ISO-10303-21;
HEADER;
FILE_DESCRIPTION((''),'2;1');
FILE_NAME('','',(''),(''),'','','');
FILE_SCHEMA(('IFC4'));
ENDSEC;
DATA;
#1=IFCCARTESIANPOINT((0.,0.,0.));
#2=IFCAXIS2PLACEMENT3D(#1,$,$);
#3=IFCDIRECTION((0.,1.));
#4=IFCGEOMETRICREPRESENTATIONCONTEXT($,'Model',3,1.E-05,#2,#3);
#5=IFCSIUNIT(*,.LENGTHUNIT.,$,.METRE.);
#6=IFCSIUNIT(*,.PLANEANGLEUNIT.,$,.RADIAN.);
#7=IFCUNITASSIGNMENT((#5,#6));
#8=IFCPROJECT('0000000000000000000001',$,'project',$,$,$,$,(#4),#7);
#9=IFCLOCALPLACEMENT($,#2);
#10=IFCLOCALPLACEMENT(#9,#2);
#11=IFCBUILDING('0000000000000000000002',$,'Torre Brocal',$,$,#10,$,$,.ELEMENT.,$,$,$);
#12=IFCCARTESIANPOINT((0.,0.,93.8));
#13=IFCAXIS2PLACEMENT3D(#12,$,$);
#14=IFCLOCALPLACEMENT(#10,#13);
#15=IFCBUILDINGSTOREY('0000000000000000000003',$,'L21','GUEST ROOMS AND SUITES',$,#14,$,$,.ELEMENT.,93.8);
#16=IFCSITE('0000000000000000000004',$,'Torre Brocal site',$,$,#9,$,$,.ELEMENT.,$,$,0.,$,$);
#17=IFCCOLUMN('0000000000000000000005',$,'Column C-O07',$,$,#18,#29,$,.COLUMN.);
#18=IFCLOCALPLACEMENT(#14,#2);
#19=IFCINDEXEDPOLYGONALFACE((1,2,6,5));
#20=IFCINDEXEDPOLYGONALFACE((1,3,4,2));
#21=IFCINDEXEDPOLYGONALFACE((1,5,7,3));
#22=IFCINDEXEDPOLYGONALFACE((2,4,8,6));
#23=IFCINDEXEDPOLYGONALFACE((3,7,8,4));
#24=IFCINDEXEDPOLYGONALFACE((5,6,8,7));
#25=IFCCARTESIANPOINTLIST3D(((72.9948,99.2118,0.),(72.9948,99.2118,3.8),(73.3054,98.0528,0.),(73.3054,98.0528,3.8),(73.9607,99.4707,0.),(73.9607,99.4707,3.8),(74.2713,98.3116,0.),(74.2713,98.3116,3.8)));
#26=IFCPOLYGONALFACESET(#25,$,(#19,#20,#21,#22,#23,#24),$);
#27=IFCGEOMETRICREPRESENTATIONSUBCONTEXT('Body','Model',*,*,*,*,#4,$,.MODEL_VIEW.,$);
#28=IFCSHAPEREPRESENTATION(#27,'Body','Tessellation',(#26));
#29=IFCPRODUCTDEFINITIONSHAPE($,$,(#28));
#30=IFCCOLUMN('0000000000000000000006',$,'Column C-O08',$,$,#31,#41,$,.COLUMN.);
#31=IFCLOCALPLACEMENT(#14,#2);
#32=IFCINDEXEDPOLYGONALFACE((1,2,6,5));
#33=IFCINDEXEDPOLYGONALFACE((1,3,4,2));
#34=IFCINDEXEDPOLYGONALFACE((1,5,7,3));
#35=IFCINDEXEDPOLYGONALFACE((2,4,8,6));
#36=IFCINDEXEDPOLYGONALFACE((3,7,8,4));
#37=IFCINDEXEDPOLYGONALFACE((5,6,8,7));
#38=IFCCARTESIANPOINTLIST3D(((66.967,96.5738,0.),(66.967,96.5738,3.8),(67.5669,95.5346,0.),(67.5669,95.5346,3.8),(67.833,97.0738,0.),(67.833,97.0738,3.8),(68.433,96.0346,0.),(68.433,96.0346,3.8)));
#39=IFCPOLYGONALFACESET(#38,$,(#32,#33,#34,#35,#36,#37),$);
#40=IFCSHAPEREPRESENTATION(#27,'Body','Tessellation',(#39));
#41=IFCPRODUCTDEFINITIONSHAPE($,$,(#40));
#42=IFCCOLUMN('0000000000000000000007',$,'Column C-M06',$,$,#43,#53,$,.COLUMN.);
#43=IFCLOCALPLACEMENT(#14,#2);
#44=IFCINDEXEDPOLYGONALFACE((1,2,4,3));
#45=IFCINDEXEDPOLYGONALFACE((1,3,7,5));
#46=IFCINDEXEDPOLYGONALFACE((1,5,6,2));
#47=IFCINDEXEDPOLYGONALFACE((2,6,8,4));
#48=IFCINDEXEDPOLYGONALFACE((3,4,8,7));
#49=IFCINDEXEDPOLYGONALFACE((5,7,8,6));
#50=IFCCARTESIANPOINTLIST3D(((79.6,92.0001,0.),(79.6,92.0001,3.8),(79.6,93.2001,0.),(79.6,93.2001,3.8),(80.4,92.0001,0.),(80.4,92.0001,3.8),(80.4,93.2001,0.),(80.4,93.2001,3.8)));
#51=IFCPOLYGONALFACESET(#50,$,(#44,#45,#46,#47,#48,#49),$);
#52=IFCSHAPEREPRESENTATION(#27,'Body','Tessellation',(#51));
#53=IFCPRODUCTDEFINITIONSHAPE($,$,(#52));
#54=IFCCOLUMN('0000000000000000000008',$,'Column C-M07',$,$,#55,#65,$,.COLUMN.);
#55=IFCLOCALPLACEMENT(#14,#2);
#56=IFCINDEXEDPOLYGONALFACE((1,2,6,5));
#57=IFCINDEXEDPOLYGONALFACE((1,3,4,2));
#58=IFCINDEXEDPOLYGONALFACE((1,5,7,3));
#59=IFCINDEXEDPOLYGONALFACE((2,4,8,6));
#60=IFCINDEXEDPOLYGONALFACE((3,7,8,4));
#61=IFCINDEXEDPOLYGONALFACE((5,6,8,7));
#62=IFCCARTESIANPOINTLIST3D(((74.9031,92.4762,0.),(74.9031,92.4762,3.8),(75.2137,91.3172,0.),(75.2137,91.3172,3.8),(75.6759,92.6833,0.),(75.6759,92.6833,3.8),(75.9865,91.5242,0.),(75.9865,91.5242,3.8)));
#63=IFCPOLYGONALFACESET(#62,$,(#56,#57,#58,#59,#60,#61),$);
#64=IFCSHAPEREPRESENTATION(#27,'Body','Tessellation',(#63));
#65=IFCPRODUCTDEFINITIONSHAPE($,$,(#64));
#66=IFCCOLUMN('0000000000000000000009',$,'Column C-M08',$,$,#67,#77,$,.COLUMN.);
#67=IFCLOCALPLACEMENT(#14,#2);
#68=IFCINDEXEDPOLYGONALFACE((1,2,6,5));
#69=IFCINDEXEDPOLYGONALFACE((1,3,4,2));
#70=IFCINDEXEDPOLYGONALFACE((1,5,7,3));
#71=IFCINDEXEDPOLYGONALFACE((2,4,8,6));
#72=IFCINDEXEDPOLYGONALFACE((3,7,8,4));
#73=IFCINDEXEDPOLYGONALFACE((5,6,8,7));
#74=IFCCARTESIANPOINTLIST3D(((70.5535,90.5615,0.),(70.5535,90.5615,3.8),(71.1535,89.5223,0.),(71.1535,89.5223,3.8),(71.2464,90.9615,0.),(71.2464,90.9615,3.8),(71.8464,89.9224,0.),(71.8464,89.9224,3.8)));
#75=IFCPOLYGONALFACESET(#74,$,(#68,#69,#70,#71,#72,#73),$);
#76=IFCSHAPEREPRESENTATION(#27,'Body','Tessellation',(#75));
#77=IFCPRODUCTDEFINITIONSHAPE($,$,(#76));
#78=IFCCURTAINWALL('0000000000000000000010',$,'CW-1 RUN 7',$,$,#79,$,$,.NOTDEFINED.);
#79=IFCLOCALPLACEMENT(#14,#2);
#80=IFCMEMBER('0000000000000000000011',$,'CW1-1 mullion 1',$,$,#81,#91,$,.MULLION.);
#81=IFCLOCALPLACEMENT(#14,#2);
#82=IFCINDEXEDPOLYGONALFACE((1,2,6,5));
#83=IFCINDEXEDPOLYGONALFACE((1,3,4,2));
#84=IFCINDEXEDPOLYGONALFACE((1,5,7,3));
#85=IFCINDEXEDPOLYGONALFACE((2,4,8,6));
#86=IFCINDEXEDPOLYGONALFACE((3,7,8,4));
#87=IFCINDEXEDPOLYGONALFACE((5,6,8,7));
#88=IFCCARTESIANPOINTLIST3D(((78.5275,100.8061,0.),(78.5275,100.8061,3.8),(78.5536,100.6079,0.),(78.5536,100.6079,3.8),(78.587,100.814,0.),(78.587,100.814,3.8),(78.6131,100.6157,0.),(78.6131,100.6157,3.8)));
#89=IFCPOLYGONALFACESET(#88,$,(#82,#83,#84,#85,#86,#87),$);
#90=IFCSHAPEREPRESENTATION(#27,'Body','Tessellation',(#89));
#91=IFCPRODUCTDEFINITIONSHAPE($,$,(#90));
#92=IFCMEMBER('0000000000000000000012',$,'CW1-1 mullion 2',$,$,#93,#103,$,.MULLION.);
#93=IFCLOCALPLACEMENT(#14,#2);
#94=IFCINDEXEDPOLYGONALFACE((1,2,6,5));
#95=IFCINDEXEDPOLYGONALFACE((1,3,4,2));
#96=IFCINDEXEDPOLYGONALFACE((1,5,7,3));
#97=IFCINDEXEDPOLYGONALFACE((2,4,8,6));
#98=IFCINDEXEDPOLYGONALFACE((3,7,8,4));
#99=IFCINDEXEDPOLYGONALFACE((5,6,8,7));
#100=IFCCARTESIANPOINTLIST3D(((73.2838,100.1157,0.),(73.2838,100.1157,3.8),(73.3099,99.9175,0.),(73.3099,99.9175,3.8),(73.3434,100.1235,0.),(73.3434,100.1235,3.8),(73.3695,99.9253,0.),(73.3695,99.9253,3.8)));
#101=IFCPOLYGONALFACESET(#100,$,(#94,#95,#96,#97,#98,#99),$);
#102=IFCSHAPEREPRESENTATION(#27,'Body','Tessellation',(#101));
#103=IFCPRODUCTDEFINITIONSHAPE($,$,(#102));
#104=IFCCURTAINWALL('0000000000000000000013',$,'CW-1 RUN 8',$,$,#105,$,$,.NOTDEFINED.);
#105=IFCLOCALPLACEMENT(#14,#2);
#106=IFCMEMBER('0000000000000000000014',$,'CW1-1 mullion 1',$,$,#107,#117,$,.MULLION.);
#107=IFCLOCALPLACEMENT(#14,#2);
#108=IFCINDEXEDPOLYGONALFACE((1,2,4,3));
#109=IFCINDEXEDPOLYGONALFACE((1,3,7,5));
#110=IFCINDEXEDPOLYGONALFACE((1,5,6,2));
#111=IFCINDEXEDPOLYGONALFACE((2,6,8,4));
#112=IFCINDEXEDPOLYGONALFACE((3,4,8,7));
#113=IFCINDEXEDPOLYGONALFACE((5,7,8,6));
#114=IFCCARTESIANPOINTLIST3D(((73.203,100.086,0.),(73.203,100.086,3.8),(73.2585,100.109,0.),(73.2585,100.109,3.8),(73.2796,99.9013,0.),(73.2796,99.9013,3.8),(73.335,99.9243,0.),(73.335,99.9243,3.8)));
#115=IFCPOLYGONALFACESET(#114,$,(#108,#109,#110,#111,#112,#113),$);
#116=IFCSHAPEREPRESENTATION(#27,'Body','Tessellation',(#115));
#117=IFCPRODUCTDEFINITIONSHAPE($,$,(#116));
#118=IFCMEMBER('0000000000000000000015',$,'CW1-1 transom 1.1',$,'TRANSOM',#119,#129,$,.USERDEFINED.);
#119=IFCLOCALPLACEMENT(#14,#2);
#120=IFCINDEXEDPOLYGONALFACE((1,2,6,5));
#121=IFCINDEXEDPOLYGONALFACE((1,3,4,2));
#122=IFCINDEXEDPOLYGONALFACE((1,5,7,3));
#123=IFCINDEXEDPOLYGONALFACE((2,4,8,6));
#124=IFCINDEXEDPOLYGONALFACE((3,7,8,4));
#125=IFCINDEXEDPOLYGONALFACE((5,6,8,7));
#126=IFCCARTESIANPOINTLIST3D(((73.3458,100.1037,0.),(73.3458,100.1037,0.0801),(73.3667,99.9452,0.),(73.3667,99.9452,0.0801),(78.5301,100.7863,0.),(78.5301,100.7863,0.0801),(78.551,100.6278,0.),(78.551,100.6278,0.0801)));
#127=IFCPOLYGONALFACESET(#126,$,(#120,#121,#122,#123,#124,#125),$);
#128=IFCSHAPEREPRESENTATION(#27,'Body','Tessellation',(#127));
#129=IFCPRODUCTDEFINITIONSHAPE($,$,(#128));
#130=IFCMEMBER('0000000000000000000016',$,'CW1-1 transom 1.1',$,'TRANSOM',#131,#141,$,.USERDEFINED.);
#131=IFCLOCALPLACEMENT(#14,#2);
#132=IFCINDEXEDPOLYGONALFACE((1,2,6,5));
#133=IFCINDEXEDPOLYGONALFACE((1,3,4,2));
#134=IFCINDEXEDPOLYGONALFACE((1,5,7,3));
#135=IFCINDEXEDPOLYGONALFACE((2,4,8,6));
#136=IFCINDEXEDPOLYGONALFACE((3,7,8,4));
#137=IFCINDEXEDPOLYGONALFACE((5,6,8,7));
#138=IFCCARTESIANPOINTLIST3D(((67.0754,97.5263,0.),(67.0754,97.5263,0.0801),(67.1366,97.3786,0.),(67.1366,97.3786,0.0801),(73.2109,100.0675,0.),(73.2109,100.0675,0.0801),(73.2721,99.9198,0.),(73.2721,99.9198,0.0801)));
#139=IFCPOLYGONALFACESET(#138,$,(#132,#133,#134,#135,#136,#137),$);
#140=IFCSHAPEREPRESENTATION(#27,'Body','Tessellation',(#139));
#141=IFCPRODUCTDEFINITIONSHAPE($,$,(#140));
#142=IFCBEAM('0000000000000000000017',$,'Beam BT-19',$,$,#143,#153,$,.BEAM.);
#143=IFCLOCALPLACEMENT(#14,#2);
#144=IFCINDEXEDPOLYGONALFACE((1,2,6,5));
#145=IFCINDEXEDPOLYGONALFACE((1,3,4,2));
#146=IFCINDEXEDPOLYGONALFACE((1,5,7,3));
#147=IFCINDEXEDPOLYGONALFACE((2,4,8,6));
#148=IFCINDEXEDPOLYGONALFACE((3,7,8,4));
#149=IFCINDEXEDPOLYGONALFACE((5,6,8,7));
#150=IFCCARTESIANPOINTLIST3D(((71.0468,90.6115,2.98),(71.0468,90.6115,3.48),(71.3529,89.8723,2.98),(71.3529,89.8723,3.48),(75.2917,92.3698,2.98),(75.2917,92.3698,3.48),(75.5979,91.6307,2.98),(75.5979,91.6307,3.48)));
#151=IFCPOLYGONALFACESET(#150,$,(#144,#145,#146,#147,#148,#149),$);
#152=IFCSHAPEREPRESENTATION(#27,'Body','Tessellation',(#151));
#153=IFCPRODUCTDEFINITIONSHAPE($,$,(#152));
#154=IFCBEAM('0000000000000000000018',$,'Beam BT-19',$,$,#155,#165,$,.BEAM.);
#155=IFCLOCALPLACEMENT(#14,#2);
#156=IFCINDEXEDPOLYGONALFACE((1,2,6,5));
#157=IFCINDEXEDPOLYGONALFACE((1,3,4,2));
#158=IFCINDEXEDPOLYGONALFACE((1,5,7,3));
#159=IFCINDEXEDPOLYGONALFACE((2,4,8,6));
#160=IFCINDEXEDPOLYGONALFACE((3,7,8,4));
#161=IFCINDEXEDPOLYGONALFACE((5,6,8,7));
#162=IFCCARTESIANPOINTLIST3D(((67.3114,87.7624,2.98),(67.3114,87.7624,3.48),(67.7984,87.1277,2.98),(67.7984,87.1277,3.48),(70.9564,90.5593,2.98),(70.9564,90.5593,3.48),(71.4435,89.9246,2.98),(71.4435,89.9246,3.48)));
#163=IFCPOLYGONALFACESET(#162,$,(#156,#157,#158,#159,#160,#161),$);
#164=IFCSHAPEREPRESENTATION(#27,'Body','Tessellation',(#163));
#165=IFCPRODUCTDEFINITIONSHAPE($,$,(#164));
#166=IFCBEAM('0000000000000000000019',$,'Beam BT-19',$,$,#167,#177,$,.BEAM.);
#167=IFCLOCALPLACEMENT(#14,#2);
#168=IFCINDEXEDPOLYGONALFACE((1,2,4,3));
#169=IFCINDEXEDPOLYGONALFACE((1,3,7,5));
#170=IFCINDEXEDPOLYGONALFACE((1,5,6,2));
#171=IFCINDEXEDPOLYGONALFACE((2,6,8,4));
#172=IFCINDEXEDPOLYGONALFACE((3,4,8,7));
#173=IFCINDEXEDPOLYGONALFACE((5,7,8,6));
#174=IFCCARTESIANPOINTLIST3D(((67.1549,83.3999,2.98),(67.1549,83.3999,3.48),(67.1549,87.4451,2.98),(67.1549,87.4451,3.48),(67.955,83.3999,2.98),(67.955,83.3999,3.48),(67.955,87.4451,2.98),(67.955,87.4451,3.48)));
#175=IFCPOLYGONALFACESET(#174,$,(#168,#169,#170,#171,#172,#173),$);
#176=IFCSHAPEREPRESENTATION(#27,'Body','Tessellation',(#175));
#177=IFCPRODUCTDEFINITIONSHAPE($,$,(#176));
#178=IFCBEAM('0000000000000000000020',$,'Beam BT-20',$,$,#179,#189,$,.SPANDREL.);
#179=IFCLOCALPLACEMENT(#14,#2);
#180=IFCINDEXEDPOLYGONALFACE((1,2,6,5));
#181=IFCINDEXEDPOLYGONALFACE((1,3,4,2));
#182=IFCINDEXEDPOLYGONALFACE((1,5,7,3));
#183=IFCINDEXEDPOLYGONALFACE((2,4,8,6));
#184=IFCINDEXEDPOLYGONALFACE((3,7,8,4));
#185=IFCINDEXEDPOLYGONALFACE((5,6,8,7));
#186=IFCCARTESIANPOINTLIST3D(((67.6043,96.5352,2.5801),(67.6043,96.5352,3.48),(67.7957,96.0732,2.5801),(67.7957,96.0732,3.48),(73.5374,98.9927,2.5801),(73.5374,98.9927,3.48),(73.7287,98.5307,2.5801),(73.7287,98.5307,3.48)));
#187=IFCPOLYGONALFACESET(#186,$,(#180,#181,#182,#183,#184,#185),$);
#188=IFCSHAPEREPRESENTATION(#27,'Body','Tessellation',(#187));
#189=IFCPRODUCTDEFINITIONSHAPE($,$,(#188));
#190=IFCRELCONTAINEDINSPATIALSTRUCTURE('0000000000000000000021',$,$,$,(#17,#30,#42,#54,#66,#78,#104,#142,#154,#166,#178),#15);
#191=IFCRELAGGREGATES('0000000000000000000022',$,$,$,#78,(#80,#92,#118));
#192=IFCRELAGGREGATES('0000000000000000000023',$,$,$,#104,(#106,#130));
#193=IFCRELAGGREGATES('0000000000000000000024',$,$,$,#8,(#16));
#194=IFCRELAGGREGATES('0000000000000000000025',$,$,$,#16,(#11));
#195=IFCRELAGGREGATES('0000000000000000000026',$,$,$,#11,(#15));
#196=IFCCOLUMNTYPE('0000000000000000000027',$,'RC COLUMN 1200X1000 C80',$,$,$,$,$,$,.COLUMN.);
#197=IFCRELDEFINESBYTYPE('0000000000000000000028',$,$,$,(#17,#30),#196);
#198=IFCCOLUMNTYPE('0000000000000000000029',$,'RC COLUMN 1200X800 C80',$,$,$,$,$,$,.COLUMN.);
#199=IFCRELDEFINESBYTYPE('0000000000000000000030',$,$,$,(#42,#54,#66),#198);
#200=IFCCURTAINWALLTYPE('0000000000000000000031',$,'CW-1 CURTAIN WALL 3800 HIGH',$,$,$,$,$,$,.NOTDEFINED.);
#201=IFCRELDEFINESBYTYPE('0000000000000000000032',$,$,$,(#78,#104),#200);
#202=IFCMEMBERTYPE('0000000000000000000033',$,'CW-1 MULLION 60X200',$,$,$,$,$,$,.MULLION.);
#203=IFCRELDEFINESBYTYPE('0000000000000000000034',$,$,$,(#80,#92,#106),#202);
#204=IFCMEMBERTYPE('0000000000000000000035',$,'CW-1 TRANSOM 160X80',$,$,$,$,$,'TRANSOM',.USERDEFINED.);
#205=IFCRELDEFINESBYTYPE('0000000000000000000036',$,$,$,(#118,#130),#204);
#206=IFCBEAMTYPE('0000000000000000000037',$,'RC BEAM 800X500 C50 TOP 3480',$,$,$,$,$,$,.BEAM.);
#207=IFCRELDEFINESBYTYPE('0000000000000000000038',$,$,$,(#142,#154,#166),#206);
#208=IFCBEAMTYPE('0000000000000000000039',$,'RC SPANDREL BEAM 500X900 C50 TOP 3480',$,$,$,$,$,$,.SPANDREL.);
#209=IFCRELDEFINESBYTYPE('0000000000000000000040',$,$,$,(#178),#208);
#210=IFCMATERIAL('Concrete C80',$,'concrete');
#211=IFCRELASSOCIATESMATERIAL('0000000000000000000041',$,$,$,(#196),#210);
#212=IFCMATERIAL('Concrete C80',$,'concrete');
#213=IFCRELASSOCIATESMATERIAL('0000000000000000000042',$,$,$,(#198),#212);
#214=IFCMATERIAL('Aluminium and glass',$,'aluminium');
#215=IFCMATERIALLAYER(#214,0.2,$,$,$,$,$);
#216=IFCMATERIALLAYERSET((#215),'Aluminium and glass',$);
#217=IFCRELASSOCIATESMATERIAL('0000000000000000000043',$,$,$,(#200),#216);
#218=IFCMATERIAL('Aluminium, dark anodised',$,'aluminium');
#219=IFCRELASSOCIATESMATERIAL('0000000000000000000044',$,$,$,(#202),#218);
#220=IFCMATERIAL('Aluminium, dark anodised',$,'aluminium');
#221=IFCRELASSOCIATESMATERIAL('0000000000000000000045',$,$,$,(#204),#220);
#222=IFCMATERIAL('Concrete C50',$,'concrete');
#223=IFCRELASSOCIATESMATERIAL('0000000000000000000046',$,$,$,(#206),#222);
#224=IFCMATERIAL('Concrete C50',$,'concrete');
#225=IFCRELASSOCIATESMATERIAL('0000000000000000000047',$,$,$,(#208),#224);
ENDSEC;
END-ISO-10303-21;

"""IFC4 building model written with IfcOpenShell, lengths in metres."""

from ifc_helpers import new_model, si_unit, direction, frame, origin, origin_2d, place, context, subcontext, project, spatial, rectangle, extrude, material, layer, layer_set, material_profile, profile_set, type_object, element, aggregate, save


model = new_model("IFC4")

# Units and contexts
model_context = context("Model", 3, precision=1e-05, world=origin(), true_north=direction((0.0, 1.0)))
body_context = subcontext(model_context, "Body", "Model", "MODEL_VIEW")
ifc_project = project(units=[si_unit("LENGTHUNIT", "METRE"), si_unit("PLANEANGLEUNIT", "RADIAN")], contexts=[model_context])

# Site, building, storey
site_placement = place(None, origin())
site = spatial("IfcSite", under=ifc_project, at=site_placement, Name="Torre Brocal site", CompositionType="ELEMENT", RefElevation=0.0)
building_placement = place(site_placement, origin())
building = spatial("IfcBuilding", under=site, at=building_placement, Name="Torre Brocal", CompositionType="ELEMENT")
storey_placement = place(building_placement, frame((0.0, 0.0, 93.8)))
storey = spatial("IfcBuildingStorey", under=building, at=storey_placement, Name="L21", Description="GUEST ROOMS AND SUITES", CompositionType="ELEMENT", Elevation=93.8)

# Columns
ifc_material_1 = material(Name="Concrete C80", Category="concrete")
ifc_material_profile_1 = material_profile(ifc_material_1, rectangle(XDim=1.2, YDim=1.0, at=origin_2d()), Name="RC 1200X1000")
ifc_profile_set_1 = profile_set([ifc_material_profile_1], Name="Concrete C80")
column_type_1 = type_object("IfcColumnType", Name="RC COLUMN 1200X1000 C80", PredefinedType="COLUMN", material=ifc_profile_set_1)
for number, where, z_axis, x_axis, name in (
    (1, (73.6331, 98.7617, 0.0), (0.0, 0.0, 1.0), (-0.258819, 0.965926, 0.0), "Column C-O07"),
    (2, (67.7, 96.3042, 0.0), (0.0, 0.0, 1.0), (-0.5, 0.866025, 0.0), "Column C-O08"),
):
    element("IfcColumn", number, at=place(storey_placement, frame(where, z_axis=z_axis, x_axis=x_axis)), inside=storey, type_object=column_type_1, Name=name, PredefinedType="COLUMN", context=body_context, shape_type="SweptSolid", body=[
        extrude(rectangle(XDim=1.2, YDim=1.0, at=origin_2d()), origin(), (0.0, 0.0, 1.0), 3.8),
    ])
ifc_material_2 = material(Name="Concrete C80", Category="concrete")
ifc_material_profile_2 = material_profile(ifc_material_2, rectangle(XDim=1.2, YDim=0.8, at=origin_2d()), Name="RC 1200X800")
ifc_profile_set_2 = profile_set([ifc_material_profile_2], Name="Concrete C80")
column_type_2 = type_object("IfcColumnType", Name="RC COLUMN 1200X800 C80", PredefinedType="COLUMN", material=ifc_profile_set_2)
for number, where, z_axis, x_axis, name in (
    (3, (80.0, 92.6001, 0.0), (0.0, 0.0, 1.0), (0.0, 1.0, 0.0), "Column C-M06"),
    (4, (75.4448, 92.0002, 0.0), (0.0, 0.0, 1.0), (-0.258819, 0.965926, 0.0), "Column C-M07"),
    (5, (71.2, 90.2419, 0.0), (0.0, 0.0, 1.0), (-0.5, 0.866025, 0.0), "Column C-M08"),
):
    element("IfcColumn", number, at=place(storey_placement, frame(where, z_axis=z_axis, x_axis=x_axis)), inside=storey, type_object=column_type_2, Name=name, PredefinedType="COLUMN", context=body_context, shape_type="SweptSolid", body=[
        extrude(rectangle(XDim=1.2, YDim=0.8, at=origin_2d()), origin(), (0.0, 0.0, 1.0), 3.8),
    ])

# Curtain wall, members
ifc_material_3 = material(Name="Aluminium and glass", Category="aluminium")
ifc_layer_1 = layer(ifc_material_3, 0.2)
ifc_layer_set_1 = layer_set([ifc_layer_1], Name="Aluminium and glass")
curtain_wall_type = type_object("IfcCurtainWallType", Name="CW-1 CURTAIN WALL 3800 HIGH", PredefinedType="NOTDEFINED", material=ifc_layer_set_1)
curtain_wall_1_placement = place(storey_placement, origin())
curtain_wall_1 = element("IfcCurtainWall", 6, at=curtain_wall_1_placement, inside=storey, type_object=curtain_wall_type, Name="CW-1 RUN 7", PredefinedType="NOTDEFINED")
ifc_material_4 = material(Name="Aluminium, dark anodised", Category="aluminium")
ifc_material_profile_3 = material_profile(ifc_material_4, rectangle(XDim=0.2, YDim=0.0601, at=origin_2d()), Name="CW-1 MULLION 60X200")
ifc_profile_set_3 = profile_set([ifc_material_profile_3], Name="Aluminium, dark anodised")
member_type_1 = type_object("IfcMemberType", Name="CW-1 MULLION 60X200", PredefinedType="MULLION", material=ifc_profile_set_3)
member_1_placement = place(storey_placement, frame((78.5703, 100.7109, 0.0), z_axis=(0.0, 0.0, 1.0), x_axis=(0.130526, -0.991445, 0.0)))
member_1 = element("IfcMember", 7, at=member_1_placement, type_object=member_type_1, Name="CW1-1 mullion 1", PredefinedType="MULLION", context=body_context, shape_type="SweptSolid", body=[
    extrude(rectangle(XDim=0.2, YDim=0.0601, at=origin_2d()), origin(), (0.0, 0.0, 1.0), 3.8),
])
member_2_placement = place(storey_placement, frame((73.3267, 100.0205, 0.0), z_axis=(0.0, 0.0, 1.0), x_axis=(0.130526, -0.991445, 0.0)))
member_2 = element("IfcMember", 8, at=member_2_placement, type_object=member_type_1, Name="CW1-1 mullion 2", PredefinedType="MULLION", context=body_context, shape_type="SweptSolid", body=[
    extrude(rectangle(XDim=0.2, YDim=0.0601, at=origin_2d()), origin(), (0.0, 0.0, 1.0), 3.8),
])

# Curtain wall, member
curtain_wall_2_placement = place(storey_placement, origin())
curtain_wall_2 = element("IfcCurtainWall", 9, at=curtain_wall_2_placement, inside=storey, type_object=curtain_wall_type, Name="CW-1 RUN 8", PredefinedType="NOTDEFINED")
member_3_placement = place(storey_placement, frame((73.269, 100.0051, 0.0), z_axis=(0.0, 0.0, 1.0), x_axis=(0.382683, -0.92388, 0.0)))
member_3 = element("IfcMember", 10, at=member_3_placement, type_object=member_type_1, Name="CW1-1 mullion 1", PredefinedType="MULLION", context=body_context, shape_type="SweptSolid", body=[
    extrude(rectangle(XDim=0.2, YDim=0.0601, at=origin_2d()), origin(), (0.0, 0.0, 1.0), 3.8),
])

# Members
ifc_material_5 = material(Name="Aluminium, dark anodised", Category="aluminium")
ifc_material_profile_4 = material_profile(ifc_material_5, rectangle(XDim=0.1599, YDim=0.0801, at=origin_2d()), Name="CW-1 TRANSOM 160X80")
ifc_profile_set_4 = profile_set([ifc_material_profile_4], Name="Aluminium, dark anodised")
member_type_2 = type_object("IfcMemberType", Name="CW-1 TRANSOM 160X80", ElementType="TRANSOM", PredefinedType="USERDEFINED", material=ifc_profile_set_4)
member_4_placement = place(storey_placement, frame((78.5405, 100.707, 0.04), z_axis=(-0.991443, -0.130543, 0.0), x_axis=(0.130543, -0.991443, 0.0)))
member_4 = element("IfcMember", 11, at=member_4_placement, type_object=member_type_2, Name="CW1-1 transom 1.1", ObjectType="TRANSOM", PredefinedType="USERDEFINED", context=body_context, shape_type="SweptSolid", body=[
    extrude(rectangle(XDim=0.1599, YDim=0.0801, at=origin_2d()), origin(), (0.0, 0.0, 1.0), 5.229),
])
member_5_placement = place(storey_placement, frame((73.2415, 99.9937, 0.04), z_axis=(-0.923887, -0.382665, 0.0), x_axis=(0.382665, -0.923887, 0.0)))
member_5 = element("IfcMember", 12, at=member_5_placement, type_object=member_type_2, Name="CW1-1 transom 1.1", ObjectType="TRANSOM", PredefinedType="USERDEFINED", context=body_context, shape_type="SweptSolid", body=[
    extrude(rectangle(XDim=0.1599, YDim=0.0801, at=origin_2d()), origin(), (0.0, 0.0, 1.0), 6.6409),
])

# Beams
ifc_material_6 = material(Name="Concrete C50", Category="concrete")
ifc_material_profile_5 = material_profile(ifc_material_6, rectangle(XDim=0.8, YDim=0.5, at=origin_2d()), Name="RC 800X500")
ifc_profile_set_5 = profile_set([ifc_material_profile_5], Name="Concrete C50")
beam_type_1 = type_object("IfcBeamType", Name="RC BEAM 800X500 C50 TOP 3480", PredefinedType="BEAM", material=ifc_profile_set_5)
beam_1_placement = place(storey_placement, frame((75.4448, 92.0002, 3.23), z_axis=(-0.923878, -0.382687, 0.0), x_axis=(0.382687, -0.923878, 0.0)))
element("IfcBeam", 13, at=beam_1_placement, inside=storey, type_object=beam_type_1, Name="Beam BT-19", PredefinedType="BEAM", context=body_context, shape_type="SweptSolid", body=[
    extrude(rectangle(XDim=0.8, YDim=0.5, at=origin_2d()), origin(), (0.0, 0.0, 1.0), 4.5947),
])
beam_2_placement = place(storey_placement, frame((71.2, 90.2419, 3.23), z_axis=(-0.793358, -0.608755, 0.0), x_axis=(0.608755, -0.793358, 0.0)))
element("IfcBeam", 14, at=beam_2_placement, inside=storey, type_object=beam_type_1, Name="Beam BT-19", PredefinedType="BEAM", context=body_context, shape_type="SweptSolid", body=[
    extrude(rectangle(XDim=0.8, YDim=0.5, at=origin_2d()), origin(), (0.0, 0.0, 1.0), 4.5945),
])
beam_3_placement = place(storey_placement, frame((67.5549, 87.4451, 3.23), z_axis=(0.0, -1.0, 0.0), x_axis=(1.0, 0.0, 0.0)))
element("IfcBeam", 15, at=beam_3_placement, inside=storey, type_object=beam_type_1, Name="Beam BT-19", PredefinedType="BEAM", context=body_context, shape_type="SweptSolid", body=[
    extrude(rectangle(XDim=0.8, YDim=0.5, at=origin_2d()), origin(), (0.0, 0.0, 1.0), 4.0452),
])
ifc_material_7 = material(Name="Concrete C50", Category="concrete")
ifc_material_profile_6 = material_profile(ifc_material_7, rectangle(XDim=0.5, YDim=0.8999, at=origin_2d()), Name="RC 500X900")
ifc_profile_set_6 = profile_set([ifc_material_profile_6], Name="Concrete C50")
beam_type_2 = type_object("IfcBeamType", Name="RC SPANDREL BEAM 500X900 C50 TOP 3480", PredefinedType="SPANDREL", material=ifc_profile_set_6)
beam_4_placement = place(storey_placement, frame((73.6331, 98.7617, 3.03), z_axis=(-0.923882, -0.382676, 0.0), x_axis=(0.382676, -0.923882, 0.0)))
element("IfcBeam", 16, at=beam_4_placement, inside=storey, type_object=beam_type_2, Name="Beam BT-20", PredefinedType="SPANDREL", context=body_context, shape_type="SweptSolid", body=[
    extrude(rectangle(XDim=0.5, YDim=0.8999, at=origin_2d()), origin(), (0.0, 0.0, 1.0), 6.4219),
])

aggregate(curtain_wall_1, [member_1, member_2, member_4])
aggregate(curtain_wall_2, [member_3, member_5])

save(model, "model.ifc")
